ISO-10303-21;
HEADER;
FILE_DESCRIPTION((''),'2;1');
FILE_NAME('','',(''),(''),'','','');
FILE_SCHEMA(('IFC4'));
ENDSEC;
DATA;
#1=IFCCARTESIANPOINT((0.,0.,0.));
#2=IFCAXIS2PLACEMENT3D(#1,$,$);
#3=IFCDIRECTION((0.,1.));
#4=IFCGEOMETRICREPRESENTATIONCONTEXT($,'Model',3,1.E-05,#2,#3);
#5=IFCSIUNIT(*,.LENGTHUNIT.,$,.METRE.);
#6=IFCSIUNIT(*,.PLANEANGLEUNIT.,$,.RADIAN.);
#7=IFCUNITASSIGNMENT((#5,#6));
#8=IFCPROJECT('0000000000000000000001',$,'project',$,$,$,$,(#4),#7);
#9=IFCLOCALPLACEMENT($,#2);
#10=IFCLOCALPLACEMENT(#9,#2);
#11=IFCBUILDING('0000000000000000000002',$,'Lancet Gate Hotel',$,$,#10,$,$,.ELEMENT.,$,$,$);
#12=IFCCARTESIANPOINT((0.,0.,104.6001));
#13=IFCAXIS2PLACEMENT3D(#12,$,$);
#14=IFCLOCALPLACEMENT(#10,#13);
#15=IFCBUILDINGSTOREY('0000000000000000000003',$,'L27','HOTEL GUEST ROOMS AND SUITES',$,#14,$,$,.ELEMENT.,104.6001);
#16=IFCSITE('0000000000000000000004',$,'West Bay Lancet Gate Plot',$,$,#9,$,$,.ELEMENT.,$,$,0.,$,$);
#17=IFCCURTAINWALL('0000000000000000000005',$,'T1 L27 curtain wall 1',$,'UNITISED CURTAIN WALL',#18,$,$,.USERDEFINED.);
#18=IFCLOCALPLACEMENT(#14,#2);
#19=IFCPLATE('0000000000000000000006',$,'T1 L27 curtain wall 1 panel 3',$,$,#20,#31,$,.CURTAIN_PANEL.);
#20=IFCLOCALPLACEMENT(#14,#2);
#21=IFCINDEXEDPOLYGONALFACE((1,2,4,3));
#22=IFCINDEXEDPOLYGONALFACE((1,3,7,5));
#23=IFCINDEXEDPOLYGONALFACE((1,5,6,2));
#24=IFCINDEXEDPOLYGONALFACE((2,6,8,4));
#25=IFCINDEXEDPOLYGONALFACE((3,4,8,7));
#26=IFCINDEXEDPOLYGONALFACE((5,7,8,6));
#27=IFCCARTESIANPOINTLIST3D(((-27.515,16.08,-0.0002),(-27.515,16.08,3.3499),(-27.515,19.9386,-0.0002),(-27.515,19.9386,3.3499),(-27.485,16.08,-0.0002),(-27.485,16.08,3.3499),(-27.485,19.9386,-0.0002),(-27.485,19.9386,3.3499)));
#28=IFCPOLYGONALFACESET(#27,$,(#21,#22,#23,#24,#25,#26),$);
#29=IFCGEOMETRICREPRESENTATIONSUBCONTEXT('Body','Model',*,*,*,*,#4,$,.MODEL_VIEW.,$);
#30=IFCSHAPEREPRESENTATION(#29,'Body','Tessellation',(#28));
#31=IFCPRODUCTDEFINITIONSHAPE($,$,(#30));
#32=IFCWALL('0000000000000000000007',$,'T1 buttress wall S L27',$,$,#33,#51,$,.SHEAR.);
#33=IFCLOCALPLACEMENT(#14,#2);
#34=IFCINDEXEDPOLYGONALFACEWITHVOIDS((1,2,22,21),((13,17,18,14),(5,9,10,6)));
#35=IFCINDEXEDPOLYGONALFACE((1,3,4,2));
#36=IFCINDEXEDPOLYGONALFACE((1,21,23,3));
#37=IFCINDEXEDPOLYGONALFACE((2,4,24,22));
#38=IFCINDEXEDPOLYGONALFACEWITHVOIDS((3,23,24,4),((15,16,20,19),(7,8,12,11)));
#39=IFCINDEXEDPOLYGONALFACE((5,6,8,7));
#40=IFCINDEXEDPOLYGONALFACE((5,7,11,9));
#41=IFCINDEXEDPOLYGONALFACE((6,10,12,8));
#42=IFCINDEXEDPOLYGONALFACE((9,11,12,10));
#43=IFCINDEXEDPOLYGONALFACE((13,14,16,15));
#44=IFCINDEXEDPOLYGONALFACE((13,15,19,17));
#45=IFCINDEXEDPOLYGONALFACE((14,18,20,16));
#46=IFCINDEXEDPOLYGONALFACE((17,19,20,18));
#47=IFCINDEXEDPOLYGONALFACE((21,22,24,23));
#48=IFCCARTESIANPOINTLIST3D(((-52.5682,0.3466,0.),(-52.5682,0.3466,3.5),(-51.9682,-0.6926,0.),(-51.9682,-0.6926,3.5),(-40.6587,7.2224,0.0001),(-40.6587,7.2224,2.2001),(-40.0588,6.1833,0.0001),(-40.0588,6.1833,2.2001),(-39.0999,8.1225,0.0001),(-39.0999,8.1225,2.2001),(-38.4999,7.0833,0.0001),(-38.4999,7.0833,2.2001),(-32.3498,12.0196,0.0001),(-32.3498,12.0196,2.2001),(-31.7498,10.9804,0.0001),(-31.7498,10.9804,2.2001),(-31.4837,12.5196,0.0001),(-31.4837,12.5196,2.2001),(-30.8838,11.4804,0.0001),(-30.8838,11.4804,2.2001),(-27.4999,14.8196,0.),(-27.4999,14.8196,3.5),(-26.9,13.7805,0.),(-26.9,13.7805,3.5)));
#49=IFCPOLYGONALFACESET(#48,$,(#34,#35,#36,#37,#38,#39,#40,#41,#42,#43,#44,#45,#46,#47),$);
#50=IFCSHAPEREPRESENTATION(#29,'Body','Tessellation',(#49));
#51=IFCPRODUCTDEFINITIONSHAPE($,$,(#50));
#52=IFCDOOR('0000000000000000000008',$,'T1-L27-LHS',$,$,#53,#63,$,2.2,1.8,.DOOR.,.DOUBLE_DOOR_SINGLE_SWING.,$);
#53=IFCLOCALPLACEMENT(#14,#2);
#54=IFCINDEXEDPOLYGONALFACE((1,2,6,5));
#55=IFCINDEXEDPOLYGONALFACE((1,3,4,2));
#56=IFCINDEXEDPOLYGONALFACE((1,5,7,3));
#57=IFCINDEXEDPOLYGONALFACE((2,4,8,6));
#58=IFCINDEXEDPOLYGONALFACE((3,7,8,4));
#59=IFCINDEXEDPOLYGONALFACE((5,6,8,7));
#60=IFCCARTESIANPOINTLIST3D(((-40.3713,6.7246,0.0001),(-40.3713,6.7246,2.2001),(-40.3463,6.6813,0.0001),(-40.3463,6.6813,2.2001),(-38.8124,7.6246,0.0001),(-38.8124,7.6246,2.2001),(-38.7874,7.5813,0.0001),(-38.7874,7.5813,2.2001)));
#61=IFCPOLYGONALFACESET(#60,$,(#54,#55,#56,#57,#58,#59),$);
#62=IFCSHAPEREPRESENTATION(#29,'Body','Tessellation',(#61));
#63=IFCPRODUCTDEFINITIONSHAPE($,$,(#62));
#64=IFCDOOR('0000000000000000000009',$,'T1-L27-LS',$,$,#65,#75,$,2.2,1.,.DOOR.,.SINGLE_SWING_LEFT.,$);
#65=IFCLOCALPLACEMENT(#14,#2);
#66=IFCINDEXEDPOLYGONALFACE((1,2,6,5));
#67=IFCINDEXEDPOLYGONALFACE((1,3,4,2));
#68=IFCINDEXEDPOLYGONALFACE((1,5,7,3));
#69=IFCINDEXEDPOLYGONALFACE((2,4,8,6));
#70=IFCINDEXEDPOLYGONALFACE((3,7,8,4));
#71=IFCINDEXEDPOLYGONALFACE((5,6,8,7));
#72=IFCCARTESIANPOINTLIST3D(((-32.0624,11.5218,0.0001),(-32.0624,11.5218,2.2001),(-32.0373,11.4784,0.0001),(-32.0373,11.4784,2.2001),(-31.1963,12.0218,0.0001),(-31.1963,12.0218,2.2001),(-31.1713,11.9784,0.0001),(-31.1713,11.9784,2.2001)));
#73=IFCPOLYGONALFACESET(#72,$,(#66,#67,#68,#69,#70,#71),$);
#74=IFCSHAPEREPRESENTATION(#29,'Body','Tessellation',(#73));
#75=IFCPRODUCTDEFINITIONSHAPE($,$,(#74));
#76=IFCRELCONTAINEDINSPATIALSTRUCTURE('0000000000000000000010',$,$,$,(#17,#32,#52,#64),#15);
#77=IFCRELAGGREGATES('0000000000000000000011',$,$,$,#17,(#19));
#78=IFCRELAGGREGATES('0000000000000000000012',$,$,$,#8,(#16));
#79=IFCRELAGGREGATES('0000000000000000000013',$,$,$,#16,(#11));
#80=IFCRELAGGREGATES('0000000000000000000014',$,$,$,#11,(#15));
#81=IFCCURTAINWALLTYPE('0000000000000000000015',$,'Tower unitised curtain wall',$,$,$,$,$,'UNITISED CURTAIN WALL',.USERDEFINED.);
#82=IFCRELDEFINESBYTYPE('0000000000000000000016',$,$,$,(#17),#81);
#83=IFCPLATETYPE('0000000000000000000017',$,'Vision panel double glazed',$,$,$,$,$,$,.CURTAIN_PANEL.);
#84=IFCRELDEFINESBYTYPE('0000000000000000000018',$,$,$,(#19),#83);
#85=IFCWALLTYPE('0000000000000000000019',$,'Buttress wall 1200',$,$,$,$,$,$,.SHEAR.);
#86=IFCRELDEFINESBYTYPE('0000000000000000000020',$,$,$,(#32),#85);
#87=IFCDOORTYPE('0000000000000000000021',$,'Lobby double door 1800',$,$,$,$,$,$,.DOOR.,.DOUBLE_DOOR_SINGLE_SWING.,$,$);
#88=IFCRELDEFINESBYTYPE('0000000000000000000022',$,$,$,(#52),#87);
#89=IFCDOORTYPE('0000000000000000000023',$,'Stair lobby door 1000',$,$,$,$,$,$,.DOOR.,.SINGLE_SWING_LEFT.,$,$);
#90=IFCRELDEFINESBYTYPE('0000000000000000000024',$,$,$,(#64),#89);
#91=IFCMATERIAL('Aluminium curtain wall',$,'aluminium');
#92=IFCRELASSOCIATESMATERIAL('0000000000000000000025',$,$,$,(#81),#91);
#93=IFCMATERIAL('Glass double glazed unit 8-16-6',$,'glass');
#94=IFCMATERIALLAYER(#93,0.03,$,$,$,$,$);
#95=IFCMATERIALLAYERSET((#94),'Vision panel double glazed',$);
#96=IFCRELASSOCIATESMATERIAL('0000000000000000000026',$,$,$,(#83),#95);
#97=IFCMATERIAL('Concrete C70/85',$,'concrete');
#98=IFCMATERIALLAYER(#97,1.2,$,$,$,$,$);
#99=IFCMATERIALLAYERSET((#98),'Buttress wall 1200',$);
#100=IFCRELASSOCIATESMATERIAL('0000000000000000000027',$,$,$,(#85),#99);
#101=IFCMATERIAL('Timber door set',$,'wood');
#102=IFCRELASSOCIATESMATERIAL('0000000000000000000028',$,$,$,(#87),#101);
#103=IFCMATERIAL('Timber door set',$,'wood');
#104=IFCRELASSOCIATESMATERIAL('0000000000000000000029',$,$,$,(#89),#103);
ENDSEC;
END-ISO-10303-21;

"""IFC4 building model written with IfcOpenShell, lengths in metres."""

from ifc_helpers import new_model, si_unit, direction, frame, frame_2d, origin, origin_2d, place, context, subcontext, project, spatial, rectangle, extrude, material, layer, layer_set, type_object, element, fill, aggregate, save


model = new_model("IFC4")

# Units and contexts
model_context = context("Model", 3, precision=1e-05, world=origin(), true_north=direction((0.0, 1.0)))
body_context = subcontext(model_context, "Body", "Model", "MODEL_VIEW")
ifc_project = project(units=[si_unit("LENGTHUNIT", "METRE"), si_unit("PLANEANGLEUNIT", "RADIAN")], contexts=[model_context])

# Site, building, storey
site_placement = place(None, origin())
site = spatial("IfcSite", under=ifc_project, at=site_placement, Name="West Bay Lancet Gate Plot", CompositionType="ELEMENT", RefElevation=0.0)
building_placement = place(site_placement, origin())
building = spatial("IfcBuilding", under=site, at=building_placement, Name="Lancet Gate Hotel", CompositionType="ELEMENT")
storey_placement = place(building_placement, frame((0.0, 0.0, 104.6001)))
storey = spatial("IfcBuildingStorey", under=building, at=storey_placement, Name="L27", Description="HOTEL GUEST ROOMS AND SUITES", CompositionType="ELEMENT", Elevation=104.6001)

# Curtain wall
ifc_material_1 = material(Name="Aluminium curtain wall", Category="aluminium")
curtain_wall_type = type_object("IfcCurtainWallType", Name="Tower unitised curtain wall", ElementType="UNITISED CURTAIN WALL", PredefinedType="USERDEFINED", material=ifc_material_1)
curtain_wall_placement = place(storey_placement, origin())
curtain_wall = element("IfcCurtainWall", 1, at=curtain_wall_placement, inside=storey, type_object=curtain_wall_type, Name="T1 L27 curtain wall 1", ObjectType="UNITISED CURTAIN WALL", PredefinedType="USERDEFINED")

# Plate
ifc_material_2 = material(Name="Glass double glazed unit 8-16-6", Category="glass")
ifc_layer_1 = layer(ifc_material_2, 0.03)
ifc_layer_set_1 = layer_set([ifc_layer_1], Name="Vision panel double glazed")
plate_type = type_object("IfcPlateType", Name="Vision panel double glazed", PredefinedType="CURTAIN_PANEL", material=ifc_layer_set_1)
plate_1_placement = place(storey_placement, frame((-27.5, 18.0093, -0.0002), z_axis=(0.0, 0.0, 1.0), x_axis=(0.0, 1.0, 0.0)))
plate_1 = element("IfcPlate", 2, at=plate_1_placement, type_object=plate_type, Name="T1 L27 curtain wall 1 panel 3", PredefinedType="CURTAIN_PANEL", context=body_context, shape_type="SweptSolid", body=[
    extrude(rectangle(XDim=3.8586, YDim=0.03, at=origin_2d()), origin(), (0.0, 0.0, 1.0), 3.3501),
])
aggregate(curtain_wall, [plate_1])

# Wall, openings, doors
ifc_material_3 = material(Name="Concrete C70/85", Category="concrete")
ifc_layer_2 = layer(ifc_material_3, 1.2)
ifc_layer_set_2 = layer_set([ifc_layer_2], Name="Buttress wall 1200")
wall_type = type_object("IfcWallType", Name="Buttress wall 1200", PredefinedType="SHEAR", material=ifc_layer_set_2)
wall_placement = place(storey_placement, frame((-27.2, 14.3, 0.0), z_axis=(0.0, 0.0, 1.0), x_axis=(-0.866027, -0.499998, 0.0)))
wall = element("IfcWall", 3, at=wall_placement, inside=storey, type_object=wall_type, Name="T1 buttress wall S L27", PredefinedType="SHEAR", context=body_context, shape_type="SweptSolid", body=[
    extrude(rectangle(XDim=28.9463, YDim=1.2, at=frame_2d((14.4731, 0.0))), origin(), (0.0, 0.0, 1.0), 3.5),
])
opening_1_placement = place(wall_placement, frame((4.6001, 0.0, 0.0)))
opening_1 = element("IfcOpeningElement", 4, at=opening_1_placement, cuts=wall, PredefinedType="OPENING", context=body_context, shape_type="SweptSolid", body=[
    extrude(rectangle(XDim=1.0, YDim=2.2, at=frame_2d((0.5, 1.1001))), frame((0.0, 0.6099, 0.0), z_axis=(0.0, -1.0, 0.0), x_axis=(1.0, 0.0, 0.0)), (0.0, 0.0, 1.0), 1.22),
])
opening_2_placement = place(wall_placement, frame((13.3945, 0.0, 0.0)))
opening_2 = element("IfcOpeningElement", 5, at=opening_2_placement, cuts=wall, PredefinedType="OPENING", context=body_context, shape_type="SweptSolid", body=[
    extrude(rectangle(XDim=1.8, YDim=2.2, at=frame_2d((0.8999, 1.1001))), frame((0.0, 0.6099, 0.0), z_axis=(0.0, -1.0, 0.0), x_axis=(1.0, 0.0, 0.0)), (0.0, 0.0, 1.0), 1.22),
])
ifc_material_4 = material(Name="Timber door set", Category="wood")
door_type_1 = type_object("IfcDoorType", Name="Lobby double door 1800", OperationType="DOUBLE_DOOR_SINGLE_SWING", PredefinedType="DOOR", material=ifc_material_4)
door_1_placement = place(opening_2_placement, origin())
door_1 = element("IfcDoor", 6, at=door_1_placement, inside=storey, type_object=door_type_1, Name="T1-L27-LHS", OperationType="DOUBLE_DOOR_SINGLE_SWING", OverallHeight=2.2, OverallWidth=1.8, PredefinedType="DOOR", context=body_context, shape_type="SweptSolid", body=[
    extrude(rectangle(XDim=1.8, YDim=2.2, at=frame_2d((0.8999, 1.1001))), frame((0.0, 0.0249, 0.0), z_axis=(0.0, -1.0, 0.0), x_axis=(1.0, 0.0, 0.0)), (0.0, 0.0, 1.0), 0.05),
])
fill(opening_2, door_1)
ifc_material_5 = material(Name="Timber door set", Category="wood")
door_type_2 = type_object("IfcDoorType", Name="Stair lobby door 1000", OperationType="SINGLE_SWING_LEFT", PredefinedType="DOOR", material=ifc_material_5)
door_2_placement = place(opening_1_placement, origin())
door_2 = element("IfcDoor", 7, at=door_2_placement, inside=storey, type_object=door_type_2, Name="T1-L27-LS", OperationType="SINGLE_SWING_LEFT", OverallHeight=2.2, OverallWidth=1.0, PredefinedType="DOOR", context=body_context, shape_type="SweptSolid", body=[
    extrude(rectangle(XDim=1.0, YDim=2.2, at=frame_2d((0.5, 1.1001))), frame((0.0, 0.0249, 0.0), z_axis=(0.0, -1.0, 0.0), x_axis=(1.0, 0.0, 0.0)), (0.0, 0.0, 1.0), 0.05),
])
fill(opening_1, door_2)

save(model, "model.ifc")
